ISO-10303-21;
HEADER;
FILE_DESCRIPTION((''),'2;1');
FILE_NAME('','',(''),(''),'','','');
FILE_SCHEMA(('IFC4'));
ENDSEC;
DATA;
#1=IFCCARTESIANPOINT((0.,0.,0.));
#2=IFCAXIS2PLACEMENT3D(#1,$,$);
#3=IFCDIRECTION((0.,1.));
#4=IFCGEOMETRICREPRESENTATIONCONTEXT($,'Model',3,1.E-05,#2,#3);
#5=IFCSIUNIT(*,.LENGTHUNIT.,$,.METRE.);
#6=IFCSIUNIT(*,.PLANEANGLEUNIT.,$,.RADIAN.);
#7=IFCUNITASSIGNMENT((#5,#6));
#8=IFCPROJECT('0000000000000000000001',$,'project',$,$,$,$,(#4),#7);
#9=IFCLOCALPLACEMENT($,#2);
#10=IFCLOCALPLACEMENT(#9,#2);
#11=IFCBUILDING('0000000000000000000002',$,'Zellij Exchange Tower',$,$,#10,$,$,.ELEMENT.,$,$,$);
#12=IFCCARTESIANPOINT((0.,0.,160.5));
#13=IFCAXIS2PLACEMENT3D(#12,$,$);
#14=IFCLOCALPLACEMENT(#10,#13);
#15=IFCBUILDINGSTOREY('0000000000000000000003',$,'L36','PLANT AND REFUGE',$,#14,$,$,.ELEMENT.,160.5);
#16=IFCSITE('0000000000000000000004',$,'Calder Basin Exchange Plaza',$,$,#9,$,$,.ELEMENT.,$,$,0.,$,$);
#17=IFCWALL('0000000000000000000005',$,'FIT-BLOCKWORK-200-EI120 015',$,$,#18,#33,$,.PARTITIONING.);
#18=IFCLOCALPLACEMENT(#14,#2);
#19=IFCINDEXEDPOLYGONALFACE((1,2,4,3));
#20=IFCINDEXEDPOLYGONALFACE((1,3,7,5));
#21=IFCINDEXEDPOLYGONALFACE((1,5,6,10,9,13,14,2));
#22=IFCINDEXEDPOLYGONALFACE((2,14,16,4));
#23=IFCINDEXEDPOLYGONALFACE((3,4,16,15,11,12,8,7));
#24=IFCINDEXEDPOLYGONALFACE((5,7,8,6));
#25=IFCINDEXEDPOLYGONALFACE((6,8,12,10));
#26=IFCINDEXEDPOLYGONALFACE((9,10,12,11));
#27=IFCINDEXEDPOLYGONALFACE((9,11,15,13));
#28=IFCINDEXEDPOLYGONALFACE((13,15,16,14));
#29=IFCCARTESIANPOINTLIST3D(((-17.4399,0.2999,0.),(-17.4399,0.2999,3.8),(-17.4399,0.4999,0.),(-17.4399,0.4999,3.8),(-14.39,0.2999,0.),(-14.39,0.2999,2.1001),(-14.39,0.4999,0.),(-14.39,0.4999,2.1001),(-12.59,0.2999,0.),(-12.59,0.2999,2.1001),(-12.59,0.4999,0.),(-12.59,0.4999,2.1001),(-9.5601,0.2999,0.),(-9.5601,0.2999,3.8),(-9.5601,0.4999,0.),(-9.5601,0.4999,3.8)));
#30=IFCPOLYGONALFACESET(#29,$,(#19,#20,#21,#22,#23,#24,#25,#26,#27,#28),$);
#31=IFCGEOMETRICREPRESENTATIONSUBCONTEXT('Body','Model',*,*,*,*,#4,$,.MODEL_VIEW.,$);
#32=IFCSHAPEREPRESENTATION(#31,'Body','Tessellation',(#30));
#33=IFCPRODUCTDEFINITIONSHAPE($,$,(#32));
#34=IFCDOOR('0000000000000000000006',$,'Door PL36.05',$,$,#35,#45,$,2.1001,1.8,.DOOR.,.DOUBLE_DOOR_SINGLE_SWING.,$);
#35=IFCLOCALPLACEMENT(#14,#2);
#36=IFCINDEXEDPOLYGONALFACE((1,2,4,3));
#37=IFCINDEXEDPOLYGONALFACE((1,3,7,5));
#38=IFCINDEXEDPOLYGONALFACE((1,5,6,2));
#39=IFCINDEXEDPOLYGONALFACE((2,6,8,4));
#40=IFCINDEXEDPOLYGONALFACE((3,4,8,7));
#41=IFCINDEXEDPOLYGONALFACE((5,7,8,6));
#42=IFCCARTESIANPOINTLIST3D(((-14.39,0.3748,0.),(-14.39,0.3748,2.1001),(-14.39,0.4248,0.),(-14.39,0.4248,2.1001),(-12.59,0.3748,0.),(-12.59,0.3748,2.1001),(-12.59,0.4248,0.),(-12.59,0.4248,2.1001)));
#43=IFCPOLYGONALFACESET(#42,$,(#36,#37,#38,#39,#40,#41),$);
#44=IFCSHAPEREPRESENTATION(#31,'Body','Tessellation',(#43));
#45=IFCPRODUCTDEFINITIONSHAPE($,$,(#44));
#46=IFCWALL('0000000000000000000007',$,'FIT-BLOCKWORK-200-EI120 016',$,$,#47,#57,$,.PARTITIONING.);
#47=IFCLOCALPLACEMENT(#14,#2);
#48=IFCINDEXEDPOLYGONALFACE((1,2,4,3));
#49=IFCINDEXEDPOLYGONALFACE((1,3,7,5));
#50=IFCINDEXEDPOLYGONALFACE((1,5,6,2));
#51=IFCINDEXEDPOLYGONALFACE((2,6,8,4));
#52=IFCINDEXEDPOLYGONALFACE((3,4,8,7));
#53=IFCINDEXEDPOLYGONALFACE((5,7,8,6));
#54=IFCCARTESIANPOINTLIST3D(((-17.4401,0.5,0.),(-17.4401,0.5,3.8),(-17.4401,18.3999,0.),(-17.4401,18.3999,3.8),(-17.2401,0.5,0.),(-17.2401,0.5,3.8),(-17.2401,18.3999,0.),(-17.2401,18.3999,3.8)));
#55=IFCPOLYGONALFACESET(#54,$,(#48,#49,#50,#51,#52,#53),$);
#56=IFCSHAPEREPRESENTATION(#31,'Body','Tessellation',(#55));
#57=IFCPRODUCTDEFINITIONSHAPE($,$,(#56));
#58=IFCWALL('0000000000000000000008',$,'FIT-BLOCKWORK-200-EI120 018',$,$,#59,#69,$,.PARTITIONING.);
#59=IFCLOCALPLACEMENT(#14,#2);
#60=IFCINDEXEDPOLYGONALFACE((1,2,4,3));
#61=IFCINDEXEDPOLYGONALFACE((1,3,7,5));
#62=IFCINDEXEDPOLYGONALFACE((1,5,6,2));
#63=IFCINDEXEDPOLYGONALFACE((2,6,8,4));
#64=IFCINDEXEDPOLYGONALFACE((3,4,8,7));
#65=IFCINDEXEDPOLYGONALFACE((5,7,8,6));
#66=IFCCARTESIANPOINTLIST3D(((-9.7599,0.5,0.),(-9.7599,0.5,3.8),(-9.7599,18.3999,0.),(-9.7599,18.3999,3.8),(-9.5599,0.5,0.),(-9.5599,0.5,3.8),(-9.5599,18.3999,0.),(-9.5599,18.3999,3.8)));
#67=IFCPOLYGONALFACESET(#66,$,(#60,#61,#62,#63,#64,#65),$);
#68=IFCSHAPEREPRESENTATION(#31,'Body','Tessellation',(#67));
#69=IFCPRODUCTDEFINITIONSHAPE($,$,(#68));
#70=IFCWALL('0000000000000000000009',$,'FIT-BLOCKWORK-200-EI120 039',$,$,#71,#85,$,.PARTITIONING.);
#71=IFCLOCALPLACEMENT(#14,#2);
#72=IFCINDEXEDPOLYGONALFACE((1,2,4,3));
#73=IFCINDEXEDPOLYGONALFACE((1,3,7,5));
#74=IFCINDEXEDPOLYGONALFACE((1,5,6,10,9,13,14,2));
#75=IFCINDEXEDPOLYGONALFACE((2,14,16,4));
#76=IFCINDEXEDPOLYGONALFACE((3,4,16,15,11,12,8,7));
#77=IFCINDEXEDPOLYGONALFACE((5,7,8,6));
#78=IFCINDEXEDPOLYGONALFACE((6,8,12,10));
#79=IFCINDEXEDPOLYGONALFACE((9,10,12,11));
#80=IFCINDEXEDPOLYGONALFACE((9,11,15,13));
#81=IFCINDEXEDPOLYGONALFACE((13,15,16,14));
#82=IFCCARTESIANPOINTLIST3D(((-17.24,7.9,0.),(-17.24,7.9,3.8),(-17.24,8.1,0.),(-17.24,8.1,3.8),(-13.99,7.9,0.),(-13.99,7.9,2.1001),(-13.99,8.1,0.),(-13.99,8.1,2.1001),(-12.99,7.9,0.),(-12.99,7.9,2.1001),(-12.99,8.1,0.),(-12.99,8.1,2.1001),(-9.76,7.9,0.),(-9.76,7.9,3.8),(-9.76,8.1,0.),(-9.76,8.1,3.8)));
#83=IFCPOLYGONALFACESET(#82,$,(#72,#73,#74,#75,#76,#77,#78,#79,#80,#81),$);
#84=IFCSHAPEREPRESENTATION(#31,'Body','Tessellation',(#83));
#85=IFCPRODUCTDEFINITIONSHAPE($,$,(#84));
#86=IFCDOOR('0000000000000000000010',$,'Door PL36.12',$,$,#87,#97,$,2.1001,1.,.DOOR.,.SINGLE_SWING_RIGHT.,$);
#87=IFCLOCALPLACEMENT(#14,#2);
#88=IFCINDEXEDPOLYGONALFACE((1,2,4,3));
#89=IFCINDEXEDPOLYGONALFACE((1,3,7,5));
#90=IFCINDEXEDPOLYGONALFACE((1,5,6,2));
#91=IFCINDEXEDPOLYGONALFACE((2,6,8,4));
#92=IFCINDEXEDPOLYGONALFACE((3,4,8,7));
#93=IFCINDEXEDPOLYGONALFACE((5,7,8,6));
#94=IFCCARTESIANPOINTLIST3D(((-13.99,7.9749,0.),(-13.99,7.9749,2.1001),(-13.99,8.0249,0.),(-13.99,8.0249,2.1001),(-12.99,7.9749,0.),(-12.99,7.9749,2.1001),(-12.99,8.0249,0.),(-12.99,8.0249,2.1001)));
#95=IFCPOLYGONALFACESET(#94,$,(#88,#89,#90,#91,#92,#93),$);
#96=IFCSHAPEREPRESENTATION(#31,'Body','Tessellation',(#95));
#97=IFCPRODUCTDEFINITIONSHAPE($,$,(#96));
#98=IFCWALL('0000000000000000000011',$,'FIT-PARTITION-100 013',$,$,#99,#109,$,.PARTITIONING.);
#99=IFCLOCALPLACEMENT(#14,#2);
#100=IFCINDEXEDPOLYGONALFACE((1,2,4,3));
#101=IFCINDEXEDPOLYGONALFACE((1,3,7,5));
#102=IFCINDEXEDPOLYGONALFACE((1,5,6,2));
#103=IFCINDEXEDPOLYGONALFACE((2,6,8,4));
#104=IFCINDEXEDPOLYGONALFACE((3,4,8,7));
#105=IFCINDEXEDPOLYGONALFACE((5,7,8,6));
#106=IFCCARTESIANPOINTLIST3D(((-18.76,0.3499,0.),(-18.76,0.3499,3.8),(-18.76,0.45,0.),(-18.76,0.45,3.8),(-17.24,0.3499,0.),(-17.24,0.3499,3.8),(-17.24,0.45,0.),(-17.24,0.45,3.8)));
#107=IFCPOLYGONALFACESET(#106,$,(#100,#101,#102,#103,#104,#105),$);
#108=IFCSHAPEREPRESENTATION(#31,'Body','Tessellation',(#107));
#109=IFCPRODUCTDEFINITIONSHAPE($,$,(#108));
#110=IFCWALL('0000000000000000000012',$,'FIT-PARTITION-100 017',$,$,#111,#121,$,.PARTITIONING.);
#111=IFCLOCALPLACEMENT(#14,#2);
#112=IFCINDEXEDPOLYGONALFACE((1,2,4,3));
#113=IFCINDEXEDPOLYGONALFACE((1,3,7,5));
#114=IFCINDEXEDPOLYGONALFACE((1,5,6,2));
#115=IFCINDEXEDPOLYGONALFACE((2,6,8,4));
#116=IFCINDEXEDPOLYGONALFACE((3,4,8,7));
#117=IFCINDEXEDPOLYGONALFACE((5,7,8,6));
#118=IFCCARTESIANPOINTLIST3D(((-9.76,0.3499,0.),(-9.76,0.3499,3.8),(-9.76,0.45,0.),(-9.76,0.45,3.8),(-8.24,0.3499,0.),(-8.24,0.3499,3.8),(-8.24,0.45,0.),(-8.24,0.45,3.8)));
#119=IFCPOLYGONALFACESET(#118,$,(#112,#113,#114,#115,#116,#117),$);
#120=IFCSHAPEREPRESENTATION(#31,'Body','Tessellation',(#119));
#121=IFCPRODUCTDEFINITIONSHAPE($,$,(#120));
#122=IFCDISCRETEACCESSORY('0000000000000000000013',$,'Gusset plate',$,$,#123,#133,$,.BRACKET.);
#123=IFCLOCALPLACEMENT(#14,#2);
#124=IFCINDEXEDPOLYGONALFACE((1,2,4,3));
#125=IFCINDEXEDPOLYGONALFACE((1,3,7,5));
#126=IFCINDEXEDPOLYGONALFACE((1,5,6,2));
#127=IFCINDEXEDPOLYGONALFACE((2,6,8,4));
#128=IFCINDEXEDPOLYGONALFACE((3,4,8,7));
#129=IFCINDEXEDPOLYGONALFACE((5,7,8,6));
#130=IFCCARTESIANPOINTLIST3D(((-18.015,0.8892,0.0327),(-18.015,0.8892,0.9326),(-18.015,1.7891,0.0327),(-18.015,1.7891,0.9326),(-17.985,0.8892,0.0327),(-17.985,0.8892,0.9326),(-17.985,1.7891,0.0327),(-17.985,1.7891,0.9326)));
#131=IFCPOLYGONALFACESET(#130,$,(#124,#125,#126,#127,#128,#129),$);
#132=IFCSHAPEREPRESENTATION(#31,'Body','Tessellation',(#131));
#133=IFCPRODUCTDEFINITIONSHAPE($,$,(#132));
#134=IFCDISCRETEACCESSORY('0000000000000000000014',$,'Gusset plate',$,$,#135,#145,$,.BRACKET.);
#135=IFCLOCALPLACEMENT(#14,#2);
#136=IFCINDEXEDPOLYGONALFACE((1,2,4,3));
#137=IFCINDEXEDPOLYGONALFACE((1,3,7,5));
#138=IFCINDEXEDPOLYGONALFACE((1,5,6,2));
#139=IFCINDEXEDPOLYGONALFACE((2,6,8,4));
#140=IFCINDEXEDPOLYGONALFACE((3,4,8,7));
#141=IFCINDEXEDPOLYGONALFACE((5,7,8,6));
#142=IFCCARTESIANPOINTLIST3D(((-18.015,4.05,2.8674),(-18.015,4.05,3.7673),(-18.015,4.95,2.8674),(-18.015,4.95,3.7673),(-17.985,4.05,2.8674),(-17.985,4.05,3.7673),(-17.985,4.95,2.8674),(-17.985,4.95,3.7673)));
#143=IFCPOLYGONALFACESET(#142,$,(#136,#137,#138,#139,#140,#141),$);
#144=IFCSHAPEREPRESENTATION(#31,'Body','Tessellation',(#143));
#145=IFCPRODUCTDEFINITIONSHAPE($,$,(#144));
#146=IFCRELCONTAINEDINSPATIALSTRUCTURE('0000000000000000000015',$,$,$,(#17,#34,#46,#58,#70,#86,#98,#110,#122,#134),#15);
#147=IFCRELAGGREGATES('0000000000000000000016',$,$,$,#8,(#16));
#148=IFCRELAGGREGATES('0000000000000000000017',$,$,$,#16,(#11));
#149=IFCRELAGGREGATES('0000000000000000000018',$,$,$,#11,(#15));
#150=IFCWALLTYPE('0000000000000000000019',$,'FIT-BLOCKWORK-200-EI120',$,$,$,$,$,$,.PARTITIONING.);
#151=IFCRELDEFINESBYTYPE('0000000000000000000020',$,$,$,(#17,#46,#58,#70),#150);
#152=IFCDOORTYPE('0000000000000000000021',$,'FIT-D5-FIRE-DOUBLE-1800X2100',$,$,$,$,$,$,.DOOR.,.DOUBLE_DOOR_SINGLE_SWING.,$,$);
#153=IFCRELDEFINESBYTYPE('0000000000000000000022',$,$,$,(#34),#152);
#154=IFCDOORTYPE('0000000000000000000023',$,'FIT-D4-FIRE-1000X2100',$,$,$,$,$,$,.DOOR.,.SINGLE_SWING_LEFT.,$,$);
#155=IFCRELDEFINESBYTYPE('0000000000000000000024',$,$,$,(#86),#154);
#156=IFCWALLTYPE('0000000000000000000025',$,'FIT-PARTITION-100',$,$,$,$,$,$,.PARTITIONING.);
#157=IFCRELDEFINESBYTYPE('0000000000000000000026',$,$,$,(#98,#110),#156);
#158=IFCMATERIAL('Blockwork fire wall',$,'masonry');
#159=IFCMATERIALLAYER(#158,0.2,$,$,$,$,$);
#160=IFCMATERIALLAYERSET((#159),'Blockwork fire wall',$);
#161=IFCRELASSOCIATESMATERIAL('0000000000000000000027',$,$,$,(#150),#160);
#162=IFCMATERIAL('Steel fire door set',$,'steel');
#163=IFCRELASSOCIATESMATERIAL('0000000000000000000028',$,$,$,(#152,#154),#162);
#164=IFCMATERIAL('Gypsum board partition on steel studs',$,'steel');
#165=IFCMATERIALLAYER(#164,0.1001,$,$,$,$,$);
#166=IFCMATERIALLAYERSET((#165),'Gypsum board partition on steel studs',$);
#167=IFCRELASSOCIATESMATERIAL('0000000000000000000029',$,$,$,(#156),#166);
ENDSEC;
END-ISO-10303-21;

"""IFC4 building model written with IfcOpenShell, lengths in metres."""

from ifc_helpers import new_model, si_unit, direction, frame, frame_2d, origin, origin_2d, place, context, subcontext, project, spatial, rectangle, extrude, material, layer, layer_set, type_object, element, fill, save


model = new_model("IFC4")

# Units and contexts
model_context = context("Model", 3, precision=1e-05, world=origin(), true_north=direction((0.0, 1.0)))
body_context = subcontext(model_context, "Body", "Model", "MODEL_VIEW")
ifc_project = project(units=[si_unit("LENGTHUNIT", "METRE"), si_unit("PLANEANGLEUNIT", "RADIAN")], contexts=[model_context])

# Site, building, storey
site_placement = place(None, origin())
site = spatial("IfcSite", under=ifc_project, at=site_placement, Name="Calder Basin Exchange Plaza", CompositionType="ELEMENT", RefElevation=0.0)
building_placement = place(site_placement, origin())
building = spatial("IfcBuilding", under=site, at=building_placement, Name="Zellij Exchange Tower", CompositionType="ELEMENT")
storey_placement = place(building_placement, frame((0.0, 0.0, 160.5)))
storey = spatial("IfcBuildingStorey", under=building, at=storey_placement, Name="L36", Description="PLANT AND REFUGE", CompositionType="ELEMENT", Elevation=160.5)

# Shared definitions
ifc_material_1 = material(Name="Blockwork fire wall", Category="masonry")
ifc_layer_1 = layer(ifc_material_1, 0.2)
ifc_layer_set_1 = layer_set([ifc_layer_1], Name="Blockwork fire wall")
wall_type_1 = type_object("IfcWallType", Name="FIT-BLOCKWORK-200-EI120", PredefinedType="PARTITIONING", material=ifc_layer_set_1)

# Wall, opening, door
wall_1_placement = place(storey_placement, frame((-17.4399, 0.3999, 0.0), z_axis=(0.0, 0.0, 1.0), x_axis=(1.0, 0.0, 0.0)))
wall_1 = element("IfcWall", 1, at=wall_1_placement, inside=storey, type_object=wall_type_1, Name="FIT-BLOCKWORK-200-EI120 015", PredefinedType="PARTITIONING", context=body_context, shape_type="SweptSolid", body=[
    extrude(rectangle(XDim=7.8799, YDim=0.2, at=frame_2d((3.9399, 0.0))), origin(), (0.0, 0.0, 1.0), 3.8),
])
opening_1_placement = place(wall_1_placement, frame((3.05, 0.0, 0.0)))
opening_1 = element("IfcOpeningElement", 2, at=opening_1_placement, cuts=wall_1, PredefinedType="OPENING", context=body_context, shape_type="SweptSolid", body=[
    extrude(rectangle(XDim=1.8, YDim=2.1001, at=frame_2d((0.8999, 1.05))), frame((0.0, 0.1118, 0.0), z_axis=(0.0, -1.0, 0.0), x_axis=(1.0, 0.0, 0.0)), (0.0, 0.0, 1.0), 0.2239),
])
ifc_material_2 = material(Name="Steel fire door set", Category="steel")
door_type_1 = type_object("IfcDoorType", Name="FIT-D5-FIRE-DOUBLE-1800X2100", OperationType="DOUBLE_DOOR_SINGLE_SWING", PredefinedType="DOOR", material=ifc_material_2)
door_1_placement = place(opening_1_placement, origin())
door_1 = element("IfcDoor", 3, at=door_1_placement, inside=storey, type_object=door_type_1, Name="Door PL36.05", OperationType="DOUBLE_DOOR_SINGLE_SWING", OverallHeight=2.1001, OverallWidth=1.8, PredefinedType="DOOR", context=body_context, shape_type="SweptSolid", body=[
    extrude(rectangle(XDim=1.8, YDim=2.1001, at=frame_2d((0.8999, 1.05))), frame((0.0, 0.0249, 0.0), z_axis=(0.0, -1.0, 0.0), x_axis=(1.0, 0.0, 0.0)), (0.0, 0.0, 1.0), 0.05),
])
fill(opening_1, door_1)

# Walls
for number, where, z_axis, x_axis, name in (
    (4, (-17.3401, 0.5, 0.0), (0.0, 0.0, 1.0), (0.0, 1.0, 0.0), "FIT-BLOCKWORK-200-EI120 016"),
    (5, (-9.6599, 0.5, 0.0), (0.0, 0.0, 1.0), (0.0, 1.0, 0.0), "FIT-BLOCKWORK-200-EI120 018"),
):
    element("IfcWall", number, at=place(storey_placement, frame(where, z_axis=z_axis, x_axis=x_axis)), inside=storey, type_object=wall_type_1, Name=name, PredefinedType="PARTITIONING", context=body_context, shape_type="SweptSolid", body=[
        extrude(rectangle(XDim=17.8999, YDim=0.2, at=frame_2d((8.95, 0.0))), origin(), (0.0, 0.0, 1.0), 3.8),
    ])

# Wall, opening, door
wall_2_placement = place(storey_placement, frame((-17.24, 8.0, 0.0), z_axis=(0.0, 0.0, 1.0), x_axis=(1.0, 0.0, 0.0)))
wall_2 = element("IfcWall", 6, at=wall_2_placement, inside=storey, type_object=wall_type_1, Name="FIT-BLOCKWORK-200-EI120 039", PredefinedType="PARTITIONING", context=body_context, shape_type="SweptSolid", body=[
    extrude(rectangle(XDim=7.48, YDim=0.2, at=frame_2d((3.74, 0.0))), origin(), (0.0, 0.0, 1.0), 3.8),
])
opening_2_placement = place(wall_2_placement, frame((3.25, 0.0, 0.0)))
opening_2 = element("IfcOpeningElement", 7, at=opening_2_placement, cuts=wall_2, PredefinedType="OPENING", context=body_context, shape_type="SweptSolid", body=[
    extrude(rectangle(XDim=1.0, YDim=2.1001, at=frame_2d((0.5, 1.05))), frame((0.0, 0.1118, 0.0), z_axis=(0.0, -1.0, 0.0), x_axis=(1.0, 0.0, 0.0)), (0.0, 0.0, 1.0), 0.2239),
])
door_type_2 = type_object("IfcDoorType", Name="FIT-D4-FIRE-1000X2100", OperationType="SINGLE_SWING_LEFT", PredefinedType="DOOR", material=ifc_material_2)
door_2_placement = place(opening_2_placement, origin())
door_2 = element("IfcDoor", 8, at=door_2_placement, inside=storey, type_object=door_type_2, Name="Door PL36.12", OperationType="SINGLE_SWING_RIGHT", OverallHeight=2.1001, OverallWidth=1.0, PredefinedType="DOOR", context=body_context, shape_type="SweptSolid", body=[
    extrude(rectangle(XDim=1.0, YDim=2.1001, at=frame_2d((0.5, 1.05))), frame((0.0, 0.0249, 0.0), z_axis=(0.0, -1.0, 0.0), x_axis=(1.0, 0.0, 0.0)), (0.0, 0.0, 1.0), 0.05),
])
fill(opening_2, door_2)

# Walls
ifc_material_3 = material(Name="Gypsum board partition on steel studs", Category="steel")
ifc_layer_2 = layer(ifc_material_3, 0.1001)
ifc_layer_set_2 = layer_set([ifc_layer_2], Name="Gypsum board partition on steel studs")
wall_type_2 = type_object("IfcWallType", Name="FIT-PARTITION-100", PredefinedType="PARTITIONING", material=ifc_layer_set_2)
for number, where, z_axis, x_axis, name in (
    (9, (-18.76, 0.3999, 0.0), (0.0, 0.0, 1.0), (1.0, 0.0, 0.0), "FIT-PARTITION-100 013"),
    (10, (-9.76, 0.3999, 0.0), (0.0, 0.0, 1.0), (1.0, 0.0, 0.0), "FIT-PARTITION-100 017"),
):
    element("IfcWall", number, at=place(storey_placement, frame(where, z_axis=z_axis, x_axis=x_axis)), inside=storey, type_object=wall_type_2, Name=name, PredefinedType="PARTITIONING", context=body_context, shape_type="SweptSolid", body=[
        extrude(rectangle(XDim=1.52, YDim=0.1001, at=frame_2d((0.76, 0.0))), origin(), (0.0, 0.0, 1.0), 3.8),
    ])

# Discrete accessories
for number, where, z_axis, x_axis, name in (
    (11, (-18.0, 1.3391, 0.0327), (0.0, 0.0, 1.0), (0.0, 1.0, 0.0), "Gusset plate"),
    (12, (-18.0, 4.5, 2.8674), (0.0, 0.0, 1.0), (0.0, 1.0, 0.0), "Gusset plate"),
):
    element("IfcDiscreteAccessory", number, at=place(storey_placement, frame(where, z_axis=z_axis, x_axis=x_axis)), inside=storey, Name=name, PredefinedType="BRACKET", context=body_context, shape_type="SweptSolid", body=[
        extrude(rectangle(XDim=0.8999, YDim=0.03, at=origin_2d()), origin(), (0.0, 0.0, 1.0), 0.8999),
    ])

save(model, "model.ifc")
